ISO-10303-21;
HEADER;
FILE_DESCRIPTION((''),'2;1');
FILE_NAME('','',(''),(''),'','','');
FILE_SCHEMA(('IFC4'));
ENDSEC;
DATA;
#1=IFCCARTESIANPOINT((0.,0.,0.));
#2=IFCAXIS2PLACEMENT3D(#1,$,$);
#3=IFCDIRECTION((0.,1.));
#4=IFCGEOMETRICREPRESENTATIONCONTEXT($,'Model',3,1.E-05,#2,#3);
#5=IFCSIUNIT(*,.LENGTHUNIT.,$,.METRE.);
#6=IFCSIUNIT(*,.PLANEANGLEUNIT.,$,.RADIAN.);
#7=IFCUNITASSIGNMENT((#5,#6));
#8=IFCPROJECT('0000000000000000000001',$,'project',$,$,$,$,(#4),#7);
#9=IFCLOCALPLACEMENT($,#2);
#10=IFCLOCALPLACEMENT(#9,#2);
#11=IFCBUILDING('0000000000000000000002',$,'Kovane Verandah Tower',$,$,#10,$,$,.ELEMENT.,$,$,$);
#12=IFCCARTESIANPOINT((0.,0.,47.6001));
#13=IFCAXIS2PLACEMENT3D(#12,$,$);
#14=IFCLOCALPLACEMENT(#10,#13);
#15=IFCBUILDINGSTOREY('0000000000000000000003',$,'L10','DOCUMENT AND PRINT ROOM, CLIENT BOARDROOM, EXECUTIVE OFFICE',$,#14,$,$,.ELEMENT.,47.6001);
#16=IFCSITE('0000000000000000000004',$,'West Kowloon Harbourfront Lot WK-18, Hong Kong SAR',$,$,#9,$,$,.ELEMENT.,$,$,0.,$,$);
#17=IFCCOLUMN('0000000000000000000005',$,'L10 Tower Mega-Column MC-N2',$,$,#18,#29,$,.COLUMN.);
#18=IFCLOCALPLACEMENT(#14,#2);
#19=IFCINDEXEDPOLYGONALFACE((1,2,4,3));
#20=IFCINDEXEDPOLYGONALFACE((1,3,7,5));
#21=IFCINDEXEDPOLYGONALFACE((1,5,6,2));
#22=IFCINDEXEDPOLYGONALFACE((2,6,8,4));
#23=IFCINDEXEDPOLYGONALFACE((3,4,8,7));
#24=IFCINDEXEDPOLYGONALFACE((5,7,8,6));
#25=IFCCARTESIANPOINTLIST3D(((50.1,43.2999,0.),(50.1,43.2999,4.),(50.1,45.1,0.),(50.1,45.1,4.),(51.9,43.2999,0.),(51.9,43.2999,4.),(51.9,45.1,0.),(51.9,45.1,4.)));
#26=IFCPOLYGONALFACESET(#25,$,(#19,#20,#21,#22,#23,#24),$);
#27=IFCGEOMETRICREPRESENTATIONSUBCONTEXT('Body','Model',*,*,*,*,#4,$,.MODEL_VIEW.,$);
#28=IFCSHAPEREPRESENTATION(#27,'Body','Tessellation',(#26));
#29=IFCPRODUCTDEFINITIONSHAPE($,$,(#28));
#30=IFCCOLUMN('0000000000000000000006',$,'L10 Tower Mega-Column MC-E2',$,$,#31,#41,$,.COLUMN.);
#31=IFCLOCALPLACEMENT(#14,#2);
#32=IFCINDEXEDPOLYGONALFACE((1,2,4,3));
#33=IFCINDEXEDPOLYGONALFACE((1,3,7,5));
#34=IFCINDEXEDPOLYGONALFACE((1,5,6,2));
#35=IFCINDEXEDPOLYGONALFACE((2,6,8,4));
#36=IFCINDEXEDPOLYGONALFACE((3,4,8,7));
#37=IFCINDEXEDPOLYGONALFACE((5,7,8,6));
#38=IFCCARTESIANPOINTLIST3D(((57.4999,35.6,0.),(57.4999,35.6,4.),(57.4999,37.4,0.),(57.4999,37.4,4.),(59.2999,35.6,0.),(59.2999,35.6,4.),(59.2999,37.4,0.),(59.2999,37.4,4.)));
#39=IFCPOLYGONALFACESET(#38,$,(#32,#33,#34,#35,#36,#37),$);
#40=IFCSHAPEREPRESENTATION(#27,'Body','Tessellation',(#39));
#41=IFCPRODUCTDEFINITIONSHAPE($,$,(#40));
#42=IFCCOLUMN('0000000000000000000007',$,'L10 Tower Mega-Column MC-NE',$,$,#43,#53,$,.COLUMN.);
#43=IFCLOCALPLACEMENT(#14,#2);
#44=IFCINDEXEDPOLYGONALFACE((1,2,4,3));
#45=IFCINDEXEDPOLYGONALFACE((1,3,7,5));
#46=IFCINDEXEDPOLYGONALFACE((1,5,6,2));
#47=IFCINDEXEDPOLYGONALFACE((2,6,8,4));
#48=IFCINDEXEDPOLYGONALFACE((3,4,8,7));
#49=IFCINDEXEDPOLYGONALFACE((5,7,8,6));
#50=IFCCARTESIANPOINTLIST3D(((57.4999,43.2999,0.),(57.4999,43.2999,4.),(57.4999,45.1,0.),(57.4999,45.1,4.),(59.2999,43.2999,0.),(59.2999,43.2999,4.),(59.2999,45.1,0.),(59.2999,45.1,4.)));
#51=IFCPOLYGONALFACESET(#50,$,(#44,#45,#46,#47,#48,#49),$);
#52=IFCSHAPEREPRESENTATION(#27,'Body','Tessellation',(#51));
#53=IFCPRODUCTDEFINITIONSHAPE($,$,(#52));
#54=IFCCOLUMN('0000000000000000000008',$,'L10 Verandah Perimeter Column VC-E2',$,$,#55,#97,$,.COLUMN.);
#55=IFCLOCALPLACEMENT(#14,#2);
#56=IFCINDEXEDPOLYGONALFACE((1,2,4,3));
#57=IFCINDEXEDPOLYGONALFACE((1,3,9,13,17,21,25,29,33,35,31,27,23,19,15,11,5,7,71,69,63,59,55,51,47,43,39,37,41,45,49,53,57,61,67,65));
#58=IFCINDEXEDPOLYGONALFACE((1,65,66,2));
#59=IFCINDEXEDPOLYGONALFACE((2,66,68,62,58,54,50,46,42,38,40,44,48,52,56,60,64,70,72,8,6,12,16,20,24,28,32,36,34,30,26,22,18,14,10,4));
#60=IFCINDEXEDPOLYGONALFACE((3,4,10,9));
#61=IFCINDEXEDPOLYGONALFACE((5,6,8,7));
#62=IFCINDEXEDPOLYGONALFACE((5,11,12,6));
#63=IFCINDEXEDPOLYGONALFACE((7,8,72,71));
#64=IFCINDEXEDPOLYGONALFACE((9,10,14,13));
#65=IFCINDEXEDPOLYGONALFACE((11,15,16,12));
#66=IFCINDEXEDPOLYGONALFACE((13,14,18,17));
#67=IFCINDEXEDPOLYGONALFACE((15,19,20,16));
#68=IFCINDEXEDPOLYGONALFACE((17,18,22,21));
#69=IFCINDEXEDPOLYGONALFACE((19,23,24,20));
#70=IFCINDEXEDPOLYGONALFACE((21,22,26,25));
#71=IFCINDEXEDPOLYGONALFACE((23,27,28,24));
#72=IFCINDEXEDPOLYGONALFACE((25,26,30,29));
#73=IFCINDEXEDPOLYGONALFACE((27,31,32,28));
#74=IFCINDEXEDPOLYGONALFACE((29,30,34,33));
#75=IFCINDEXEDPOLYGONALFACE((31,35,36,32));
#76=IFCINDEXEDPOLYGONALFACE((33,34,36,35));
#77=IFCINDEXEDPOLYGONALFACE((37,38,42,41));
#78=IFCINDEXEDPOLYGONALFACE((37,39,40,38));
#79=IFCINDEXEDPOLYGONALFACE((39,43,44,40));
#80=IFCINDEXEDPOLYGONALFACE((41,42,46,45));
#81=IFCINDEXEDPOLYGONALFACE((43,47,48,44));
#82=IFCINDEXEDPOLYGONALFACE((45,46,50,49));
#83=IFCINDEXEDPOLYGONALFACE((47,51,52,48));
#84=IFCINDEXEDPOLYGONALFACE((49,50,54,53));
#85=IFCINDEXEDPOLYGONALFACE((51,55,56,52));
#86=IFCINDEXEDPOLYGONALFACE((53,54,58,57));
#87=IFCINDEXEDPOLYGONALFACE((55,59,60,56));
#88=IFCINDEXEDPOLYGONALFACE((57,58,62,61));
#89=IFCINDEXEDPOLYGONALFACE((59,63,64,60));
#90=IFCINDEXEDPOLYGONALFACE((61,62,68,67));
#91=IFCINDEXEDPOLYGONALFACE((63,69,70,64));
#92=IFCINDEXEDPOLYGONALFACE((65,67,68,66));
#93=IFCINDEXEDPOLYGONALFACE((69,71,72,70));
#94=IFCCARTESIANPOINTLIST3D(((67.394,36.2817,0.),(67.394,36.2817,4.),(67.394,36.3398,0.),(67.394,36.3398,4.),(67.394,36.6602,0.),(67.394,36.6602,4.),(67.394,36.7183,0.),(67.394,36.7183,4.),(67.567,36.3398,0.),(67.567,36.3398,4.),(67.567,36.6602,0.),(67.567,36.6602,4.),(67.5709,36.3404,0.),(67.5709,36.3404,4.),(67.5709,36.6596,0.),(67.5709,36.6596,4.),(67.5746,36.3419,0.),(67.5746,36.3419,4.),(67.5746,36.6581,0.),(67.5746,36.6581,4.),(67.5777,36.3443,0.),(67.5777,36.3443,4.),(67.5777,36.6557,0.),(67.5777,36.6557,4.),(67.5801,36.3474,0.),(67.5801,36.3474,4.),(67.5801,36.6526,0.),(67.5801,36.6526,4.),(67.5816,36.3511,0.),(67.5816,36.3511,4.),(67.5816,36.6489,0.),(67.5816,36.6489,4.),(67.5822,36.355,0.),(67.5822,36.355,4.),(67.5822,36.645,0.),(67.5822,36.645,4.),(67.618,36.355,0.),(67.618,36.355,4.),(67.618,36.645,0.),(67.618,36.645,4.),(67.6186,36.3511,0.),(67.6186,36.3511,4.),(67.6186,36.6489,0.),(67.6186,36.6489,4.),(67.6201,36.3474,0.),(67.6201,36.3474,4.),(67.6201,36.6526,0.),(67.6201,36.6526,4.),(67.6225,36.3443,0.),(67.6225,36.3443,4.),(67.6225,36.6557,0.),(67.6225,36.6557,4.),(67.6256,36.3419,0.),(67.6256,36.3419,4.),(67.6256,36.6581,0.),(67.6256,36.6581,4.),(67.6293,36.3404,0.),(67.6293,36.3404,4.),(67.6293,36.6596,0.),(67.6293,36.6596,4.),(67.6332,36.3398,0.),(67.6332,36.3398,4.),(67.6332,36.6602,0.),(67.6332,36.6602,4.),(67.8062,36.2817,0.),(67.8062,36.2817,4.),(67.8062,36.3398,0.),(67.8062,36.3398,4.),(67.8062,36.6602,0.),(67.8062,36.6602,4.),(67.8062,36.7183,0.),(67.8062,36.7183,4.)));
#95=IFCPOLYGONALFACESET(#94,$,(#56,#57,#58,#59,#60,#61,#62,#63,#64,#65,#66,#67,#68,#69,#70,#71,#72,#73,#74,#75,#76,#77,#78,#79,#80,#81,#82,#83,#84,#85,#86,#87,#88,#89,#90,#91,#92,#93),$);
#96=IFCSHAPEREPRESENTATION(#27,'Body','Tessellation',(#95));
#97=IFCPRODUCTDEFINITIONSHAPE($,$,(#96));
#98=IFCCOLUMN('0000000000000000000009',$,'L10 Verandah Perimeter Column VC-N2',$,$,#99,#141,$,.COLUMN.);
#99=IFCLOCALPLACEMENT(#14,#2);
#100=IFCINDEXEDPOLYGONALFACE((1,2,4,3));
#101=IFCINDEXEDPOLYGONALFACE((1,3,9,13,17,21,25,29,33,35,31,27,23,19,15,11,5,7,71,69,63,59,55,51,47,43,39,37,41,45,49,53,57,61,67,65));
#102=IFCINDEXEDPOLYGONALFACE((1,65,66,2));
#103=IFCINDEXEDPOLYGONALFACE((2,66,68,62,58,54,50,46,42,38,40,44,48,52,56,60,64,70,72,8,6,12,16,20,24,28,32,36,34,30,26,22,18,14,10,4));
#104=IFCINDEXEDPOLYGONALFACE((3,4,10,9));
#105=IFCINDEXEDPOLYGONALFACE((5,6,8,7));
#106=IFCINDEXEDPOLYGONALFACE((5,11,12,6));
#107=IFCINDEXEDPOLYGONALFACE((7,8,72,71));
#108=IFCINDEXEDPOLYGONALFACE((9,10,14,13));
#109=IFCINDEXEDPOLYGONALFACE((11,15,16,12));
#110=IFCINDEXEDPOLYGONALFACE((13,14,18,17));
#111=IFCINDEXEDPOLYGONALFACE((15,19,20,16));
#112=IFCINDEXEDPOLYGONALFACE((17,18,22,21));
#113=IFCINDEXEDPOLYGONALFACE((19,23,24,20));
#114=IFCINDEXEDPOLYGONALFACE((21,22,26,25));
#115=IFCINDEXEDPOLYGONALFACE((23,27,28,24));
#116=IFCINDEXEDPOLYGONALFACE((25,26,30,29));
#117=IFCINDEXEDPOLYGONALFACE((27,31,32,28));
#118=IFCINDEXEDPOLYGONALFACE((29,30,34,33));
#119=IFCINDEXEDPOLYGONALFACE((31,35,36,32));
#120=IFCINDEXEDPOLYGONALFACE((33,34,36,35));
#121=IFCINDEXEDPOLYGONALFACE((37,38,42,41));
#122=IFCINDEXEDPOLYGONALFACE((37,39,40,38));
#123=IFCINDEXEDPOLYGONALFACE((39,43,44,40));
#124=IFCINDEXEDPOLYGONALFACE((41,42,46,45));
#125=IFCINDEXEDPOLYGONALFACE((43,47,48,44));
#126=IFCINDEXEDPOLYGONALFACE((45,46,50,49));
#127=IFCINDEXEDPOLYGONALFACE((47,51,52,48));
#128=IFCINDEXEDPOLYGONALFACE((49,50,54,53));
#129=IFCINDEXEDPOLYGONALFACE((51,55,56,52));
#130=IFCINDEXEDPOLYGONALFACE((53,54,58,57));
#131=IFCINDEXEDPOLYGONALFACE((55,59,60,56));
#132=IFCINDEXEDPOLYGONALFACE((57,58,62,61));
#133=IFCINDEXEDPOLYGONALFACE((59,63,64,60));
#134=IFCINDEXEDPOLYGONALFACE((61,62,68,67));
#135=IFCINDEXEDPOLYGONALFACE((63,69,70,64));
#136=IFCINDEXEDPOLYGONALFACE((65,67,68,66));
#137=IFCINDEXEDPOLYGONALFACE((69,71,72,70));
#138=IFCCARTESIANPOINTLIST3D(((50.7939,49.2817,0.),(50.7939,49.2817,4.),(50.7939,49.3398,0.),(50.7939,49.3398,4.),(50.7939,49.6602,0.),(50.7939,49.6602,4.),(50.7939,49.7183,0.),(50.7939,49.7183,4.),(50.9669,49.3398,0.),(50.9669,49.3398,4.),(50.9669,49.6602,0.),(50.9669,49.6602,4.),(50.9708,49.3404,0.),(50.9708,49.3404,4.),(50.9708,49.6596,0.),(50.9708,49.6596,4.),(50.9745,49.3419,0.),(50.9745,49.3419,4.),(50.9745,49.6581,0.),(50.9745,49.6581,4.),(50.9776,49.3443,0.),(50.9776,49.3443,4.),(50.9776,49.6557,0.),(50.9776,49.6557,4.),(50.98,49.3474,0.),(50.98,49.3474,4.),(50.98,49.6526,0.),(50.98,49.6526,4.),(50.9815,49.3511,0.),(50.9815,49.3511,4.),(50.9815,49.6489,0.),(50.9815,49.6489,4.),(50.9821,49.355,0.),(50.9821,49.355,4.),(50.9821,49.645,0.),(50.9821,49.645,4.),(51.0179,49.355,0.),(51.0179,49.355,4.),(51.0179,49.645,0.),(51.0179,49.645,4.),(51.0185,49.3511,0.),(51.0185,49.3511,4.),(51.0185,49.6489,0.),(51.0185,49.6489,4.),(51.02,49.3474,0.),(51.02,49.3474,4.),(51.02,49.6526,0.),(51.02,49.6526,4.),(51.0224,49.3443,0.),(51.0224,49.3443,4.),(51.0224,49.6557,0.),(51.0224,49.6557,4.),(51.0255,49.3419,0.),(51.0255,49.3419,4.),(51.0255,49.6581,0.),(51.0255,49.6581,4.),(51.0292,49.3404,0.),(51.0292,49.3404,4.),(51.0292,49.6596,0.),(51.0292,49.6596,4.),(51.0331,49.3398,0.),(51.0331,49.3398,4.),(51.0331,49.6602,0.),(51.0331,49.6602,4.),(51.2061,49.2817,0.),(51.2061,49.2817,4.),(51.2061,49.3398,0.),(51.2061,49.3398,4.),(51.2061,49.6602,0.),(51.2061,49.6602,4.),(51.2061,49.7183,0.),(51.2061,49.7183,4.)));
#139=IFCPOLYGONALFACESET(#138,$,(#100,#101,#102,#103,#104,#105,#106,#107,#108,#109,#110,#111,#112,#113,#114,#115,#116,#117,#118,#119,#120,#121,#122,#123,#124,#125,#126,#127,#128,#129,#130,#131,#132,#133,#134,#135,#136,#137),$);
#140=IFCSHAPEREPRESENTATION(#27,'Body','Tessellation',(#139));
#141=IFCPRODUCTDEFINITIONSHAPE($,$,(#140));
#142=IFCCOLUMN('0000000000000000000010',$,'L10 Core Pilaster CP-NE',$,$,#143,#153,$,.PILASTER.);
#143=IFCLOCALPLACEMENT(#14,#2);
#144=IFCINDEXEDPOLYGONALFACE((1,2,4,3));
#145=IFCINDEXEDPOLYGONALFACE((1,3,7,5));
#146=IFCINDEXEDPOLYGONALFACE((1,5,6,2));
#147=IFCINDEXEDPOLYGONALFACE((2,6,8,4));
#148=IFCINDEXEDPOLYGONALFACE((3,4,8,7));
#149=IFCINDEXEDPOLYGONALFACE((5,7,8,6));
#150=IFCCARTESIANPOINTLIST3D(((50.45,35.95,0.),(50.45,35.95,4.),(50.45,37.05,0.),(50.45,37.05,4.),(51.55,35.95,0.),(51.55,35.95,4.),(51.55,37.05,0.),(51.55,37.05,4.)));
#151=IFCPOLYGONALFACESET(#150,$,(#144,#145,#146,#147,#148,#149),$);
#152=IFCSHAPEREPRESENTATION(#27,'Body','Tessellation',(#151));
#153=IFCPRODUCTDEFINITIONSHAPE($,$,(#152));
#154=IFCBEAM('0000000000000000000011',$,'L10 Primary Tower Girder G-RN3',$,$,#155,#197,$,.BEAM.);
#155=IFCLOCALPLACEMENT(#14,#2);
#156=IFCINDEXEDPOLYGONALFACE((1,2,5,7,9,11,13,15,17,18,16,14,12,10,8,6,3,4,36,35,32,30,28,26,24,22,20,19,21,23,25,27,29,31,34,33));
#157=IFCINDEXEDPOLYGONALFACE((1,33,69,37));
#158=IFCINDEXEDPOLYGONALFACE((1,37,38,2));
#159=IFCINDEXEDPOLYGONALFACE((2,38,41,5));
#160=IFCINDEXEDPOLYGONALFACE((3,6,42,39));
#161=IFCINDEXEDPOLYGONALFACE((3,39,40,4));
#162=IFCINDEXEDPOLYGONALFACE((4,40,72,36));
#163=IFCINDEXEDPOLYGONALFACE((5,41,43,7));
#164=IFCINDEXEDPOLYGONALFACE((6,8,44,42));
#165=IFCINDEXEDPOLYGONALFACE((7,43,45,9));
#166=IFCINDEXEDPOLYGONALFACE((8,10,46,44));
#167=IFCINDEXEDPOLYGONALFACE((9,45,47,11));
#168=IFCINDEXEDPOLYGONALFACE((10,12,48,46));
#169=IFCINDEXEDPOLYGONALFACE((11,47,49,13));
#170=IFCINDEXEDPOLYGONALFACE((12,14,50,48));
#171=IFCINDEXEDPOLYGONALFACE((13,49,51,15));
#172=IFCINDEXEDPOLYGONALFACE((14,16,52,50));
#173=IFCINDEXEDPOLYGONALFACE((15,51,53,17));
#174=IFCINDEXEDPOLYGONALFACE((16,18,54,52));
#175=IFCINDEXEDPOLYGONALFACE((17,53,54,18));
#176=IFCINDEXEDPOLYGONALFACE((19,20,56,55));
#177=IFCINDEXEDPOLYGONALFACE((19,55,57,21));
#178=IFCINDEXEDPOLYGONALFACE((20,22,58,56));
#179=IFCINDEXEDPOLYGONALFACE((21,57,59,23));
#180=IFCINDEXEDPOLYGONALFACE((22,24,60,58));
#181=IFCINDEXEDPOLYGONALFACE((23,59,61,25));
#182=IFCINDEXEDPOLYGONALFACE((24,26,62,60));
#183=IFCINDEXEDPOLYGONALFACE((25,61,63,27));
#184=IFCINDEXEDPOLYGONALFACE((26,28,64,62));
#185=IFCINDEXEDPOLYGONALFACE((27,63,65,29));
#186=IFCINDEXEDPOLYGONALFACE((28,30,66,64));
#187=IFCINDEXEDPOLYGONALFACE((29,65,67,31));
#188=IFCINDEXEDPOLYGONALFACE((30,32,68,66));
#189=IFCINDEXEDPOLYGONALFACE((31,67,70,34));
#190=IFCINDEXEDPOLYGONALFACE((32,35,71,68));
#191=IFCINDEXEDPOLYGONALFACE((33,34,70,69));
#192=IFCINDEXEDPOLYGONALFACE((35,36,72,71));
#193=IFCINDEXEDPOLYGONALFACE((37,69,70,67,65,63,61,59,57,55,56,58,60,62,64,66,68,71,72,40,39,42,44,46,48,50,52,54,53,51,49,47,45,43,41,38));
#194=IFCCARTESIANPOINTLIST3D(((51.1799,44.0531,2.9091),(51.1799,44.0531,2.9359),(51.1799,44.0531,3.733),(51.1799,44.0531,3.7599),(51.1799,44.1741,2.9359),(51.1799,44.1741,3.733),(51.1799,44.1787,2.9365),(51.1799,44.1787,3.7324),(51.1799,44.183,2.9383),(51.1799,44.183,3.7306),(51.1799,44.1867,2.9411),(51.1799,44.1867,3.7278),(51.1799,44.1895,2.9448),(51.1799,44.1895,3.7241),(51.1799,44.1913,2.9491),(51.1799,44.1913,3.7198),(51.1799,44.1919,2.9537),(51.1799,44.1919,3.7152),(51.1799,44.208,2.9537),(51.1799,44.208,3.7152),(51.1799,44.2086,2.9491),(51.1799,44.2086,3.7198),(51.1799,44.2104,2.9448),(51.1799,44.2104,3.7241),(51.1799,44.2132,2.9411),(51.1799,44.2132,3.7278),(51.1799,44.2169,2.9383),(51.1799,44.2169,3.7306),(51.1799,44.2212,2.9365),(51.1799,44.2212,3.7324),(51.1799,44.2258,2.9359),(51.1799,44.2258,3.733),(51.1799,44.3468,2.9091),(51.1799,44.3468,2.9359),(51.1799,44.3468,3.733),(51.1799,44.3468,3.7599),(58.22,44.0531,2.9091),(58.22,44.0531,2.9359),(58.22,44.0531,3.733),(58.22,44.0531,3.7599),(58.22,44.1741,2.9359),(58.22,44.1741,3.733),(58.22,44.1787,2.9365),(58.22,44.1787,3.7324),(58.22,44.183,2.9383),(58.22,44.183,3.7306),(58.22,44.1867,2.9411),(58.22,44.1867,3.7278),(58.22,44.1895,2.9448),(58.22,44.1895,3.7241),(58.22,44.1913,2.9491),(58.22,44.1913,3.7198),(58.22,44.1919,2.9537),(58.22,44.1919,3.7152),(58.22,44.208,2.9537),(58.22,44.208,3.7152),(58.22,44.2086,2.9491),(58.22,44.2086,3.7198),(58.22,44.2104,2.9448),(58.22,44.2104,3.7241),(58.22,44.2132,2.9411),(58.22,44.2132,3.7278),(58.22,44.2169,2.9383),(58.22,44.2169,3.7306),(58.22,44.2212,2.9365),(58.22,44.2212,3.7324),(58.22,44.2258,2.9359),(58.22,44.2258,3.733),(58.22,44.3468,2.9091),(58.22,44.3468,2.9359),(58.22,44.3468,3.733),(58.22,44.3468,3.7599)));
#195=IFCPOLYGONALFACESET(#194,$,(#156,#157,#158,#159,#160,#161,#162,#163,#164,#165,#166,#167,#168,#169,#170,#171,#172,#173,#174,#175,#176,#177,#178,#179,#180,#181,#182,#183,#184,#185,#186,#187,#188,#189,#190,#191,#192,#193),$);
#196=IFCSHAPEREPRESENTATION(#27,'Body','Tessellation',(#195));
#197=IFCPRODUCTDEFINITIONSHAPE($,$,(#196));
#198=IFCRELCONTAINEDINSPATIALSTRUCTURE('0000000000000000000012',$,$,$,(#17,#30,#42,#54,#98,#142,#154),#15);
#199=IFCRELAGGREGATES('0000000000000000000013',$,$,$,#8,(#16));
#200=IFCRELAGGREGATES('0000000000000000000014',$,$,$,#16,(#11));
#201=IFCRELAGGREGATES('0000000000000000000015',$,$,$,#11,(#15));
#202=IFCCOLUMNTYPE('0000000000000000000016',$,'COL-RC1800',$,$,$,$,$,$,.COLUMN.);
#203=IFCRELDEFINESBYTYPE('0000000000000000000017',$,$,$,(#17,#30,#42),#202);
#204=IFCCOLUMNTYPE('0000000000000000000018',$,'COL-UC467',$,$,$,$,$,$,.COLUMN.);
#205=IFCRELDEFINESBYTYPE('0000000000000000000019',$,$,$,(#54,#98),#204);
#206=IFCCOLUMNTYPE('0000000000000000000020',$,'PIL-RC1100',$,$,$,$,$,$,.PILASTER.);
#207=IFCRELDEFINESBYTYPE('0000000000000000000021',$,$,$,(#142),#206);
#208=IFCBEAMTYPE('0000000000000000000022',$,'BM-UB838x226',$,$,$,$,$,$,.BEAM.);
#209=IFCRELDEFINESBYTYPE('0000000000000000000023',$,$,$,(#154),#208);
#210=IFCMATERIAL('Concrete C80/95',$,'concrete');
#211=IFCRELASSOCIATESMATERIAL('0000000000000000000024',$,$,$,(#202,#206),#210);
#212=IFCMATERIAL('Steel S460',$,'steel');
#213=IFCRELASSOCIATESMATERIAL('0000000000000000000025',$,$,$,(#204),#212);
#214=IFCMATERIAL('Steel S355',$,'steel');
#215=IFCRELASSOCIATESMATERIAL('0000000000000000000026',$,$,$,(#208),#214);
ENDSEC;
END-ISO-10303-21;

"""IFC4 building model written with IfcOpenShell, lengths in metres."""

from ifc_helpers import new_model, si_unit, direction, frame, origin, origin_2d, place, context, subcontext, project, spatial, rectangle, i_section, extrude, material, material_profile, profile_set, type_object, element, save


model = new_model("IFC4")

# Units and contexts
model_context = context("Model", 3, precision=1e-05, world=origin(), true_north=direction((0.0, 1.0)))
body_context = subcontext(model_context, "Body", "Model", "MODEL_VIEW")
ifc_project = project(units=[si_unit("LENGTHUNIT", "METRE"), si_unit("PLANEANGLEUNIT", "RADIAN")], contexts=[model_context])

# Site, building, storey
site_placement = place(None, origin())
site = spatial("IfcSite", under=ifc_project, at=site_placement, Name="West Kowloon Harbourfront Lot WK-18, Hong Kong SAR", CompositionType="ELEMENT", RefElevation=0.0)
building_placement = place(site_placement, origin())
building = spatial("IfcBuilding", under=site, at=building_placement, Name="Kovane Verandah Tower", CompositionType="ELEMENT")
storey_placement = place(building_placement, frame((0.0, 0.0, 47.6001)))
storey = spatial("IfcBuildingStorey", under=building, at=storey_placement, Name="L10", Description="DOCUMENT AND PRINT ROOM, CLIENT BOARDROOM, EXECUTIVE OFFICE", CompositionType="ELEMENT", Elevation=47.6001)

# Columns
ifc_material_1 = material(Name="Concrete C80/95", Category="concrete")
ifc_material_profile_1 = material_profile(ifc_material_1, rectangle(XDim=1.8, YDim=1.8, at=origin_2d()), Name="RC1800x1800")
ifc_profile_set_1 = profile_set([ifc_material_profile_1], Name="Concrete C80/95")
column_type_1 = type_object("IfcColumnType", Name="COL-RC1800", PredefinedType="COLUMN", material=ifc_profile_set_1)
for number, where, z_axis, x_axis, name in (
    (1, (51.0, 44.2, 0.0), (0.0, 0.0, 1.0), (1.0, 0.0, 0.0), "L10 Tower Mega-Column MC-N2"),
    (2, (58.3999, 36.5, 0.0), (0.0, 0.0, 1.0), (1.0, 0.0, 0.0), "L10 Tower Mega-Column MC-E2"),
    (3, (58.3999, 44.2, 0.0), (0.0, 0.0, 1.0), (1.0, 0.0, 0.0), "L10 Tower Mega-Column MC-NE"),
):
    element("IfcColumn", number, at=place(storey_placement, frame(where, z_axis=z_axis, x_axis=x_axis)), inside=storey, type_object=column_type_1, Name=name, PredefinedType="COLUMN", context=body_context, shape_type="SweptSolid", body=[
        extrude(rectangle(XDim=1.8, YDim=1.8, at=origin_2d()), origin(), (0.0, 0.0, 1.0), 4.0),
    ])
ifc_material_2 = material(Name="Steel S460", Category="steel")
ifc_material_profile_2 = material_profile(ifc_material_2, i_section(OverallWidth=0.4121, OverallDepth=0.4365, WebThickness=0.0359, FlangeThickness=0.0581, FilletRadius=0.0151, at=origin_2d()), Name="UC356x406x467")
ifc_profile_set_2 = profile_set([ifc_material_profile_2], Name="Steel S460")
column_type_2 = type_object("IfcColumnType", Name="COL-UC467", PredefinedType="COLUMN", material=ifc_profile_set_2)
for number, where, z_axis, x_axis, name in (
    (4, (67.6001, 36.5, 0.0), (0.0, 0.0, 1.0), (1.0, 0.0, 0.0), "L10 Verandah Perimeter Column VC-E2"),
    (5, (51.0, 49.5, 0.0), (0.0, 0.0, 1.0), (1.0, 0.0, 0.0), "L10 Verandah Perimeter Column VC-N2"),
):
    element("IfcColumn", number, at=place(storey_placement, frame(where, z_axis=z_axis, x_axis=x_axis)), inside=storey, type_object=column_type_2, Name=name, PredefinedType="COLUMN", context=body_context, shape_type="SweptSolid", body=[
        extrude(i_section(OverallWidth=0.4121, OverallDepth=0.4365, WebThickness=0.0359, FlangeThickness=0.0581, FilletRadius=0.0151, at=origin_2d()), origin(), (0.0, 0.0, 1.0), 4.0),
    ])
ifc_material_profile_3 = material_profile(ifc_material_1, rectangle(XDim=1.1001, YDim=1.1001, at=origin_2d()), Name="RC1100x1100")
ifc_profile_set_3 = profile_set([ifc_material_profile_3], Name="Concrete C80/95")
column_type_3 = type_object("IfcColumnType", Name="PIL-RC1100", PredefinedType="PILASTER", material=ifc_profile_set_3)
column_placement = place(storey_placement, frame((51.0, 36.5, 0.0), z_axis=(0.0, 0.0, 1.0), x_axis=(1.0, 0.0, 0.0)))
element("IfcColumn", 6, at=column_placement, inside=storey, type_object=column_type_3, Name="L10 Core Pilaster CP-NE", PredefinedType="PILASTER", context=body_context, shape_type="SweptSolid", body=[
    extrude(rectangle(XDim=1.1001, YDim=1.1001, at=origin_2d()), origin(), (0.0, 0.0, 1.0), 4.0),
])

# Beam
ifc_material_3 = material(Name="Steel S355", Category="steel")
ifc_material_profile_4 = material_profile(ifc_material_3, i_section(OverallWidth=0.2937, OverallDepth=0.8508, WebThickness=0.0161, FlangeThickness=0.0269, FilletRadius=0.0178, at=origin_2d()), Name="UB838x292x226")
ifc_profile_set_4 = profile_set([ifc_material_profile_4], Name="Steel S355")
beam_type_1 = type_object("IfcBeamType", Name="BM-UB838x226", PredefinedType="BEAM", material=ifc_profile_set_4)
beam_1_placement = place(storey_placement, frame((51.1799, 44.2, 3.3345), z_axis=(1.0, 0.0, 0.0), x_axis=(0.0, 1.0, 0.0)))
element("IfcBeam", 7, at=beam_1_placement, inside=storey, type_object=beam_type_1, Name="L10 Primary Tower Girder G-RN3", PredefinedType="BEAM", context=body_context, shape_type="SweptSolid", body=[
    extrude(i_section(OverallWidth=0.2937, OverallDepth=0.8508, WebThickness=0.0161, FlangeThickness=0.0269, FilletRadius=0.0178, at=origin_2d()), origin(), (0.0, 0.0, 1.0), 7.04),
])

save(model, "model.ifc")
